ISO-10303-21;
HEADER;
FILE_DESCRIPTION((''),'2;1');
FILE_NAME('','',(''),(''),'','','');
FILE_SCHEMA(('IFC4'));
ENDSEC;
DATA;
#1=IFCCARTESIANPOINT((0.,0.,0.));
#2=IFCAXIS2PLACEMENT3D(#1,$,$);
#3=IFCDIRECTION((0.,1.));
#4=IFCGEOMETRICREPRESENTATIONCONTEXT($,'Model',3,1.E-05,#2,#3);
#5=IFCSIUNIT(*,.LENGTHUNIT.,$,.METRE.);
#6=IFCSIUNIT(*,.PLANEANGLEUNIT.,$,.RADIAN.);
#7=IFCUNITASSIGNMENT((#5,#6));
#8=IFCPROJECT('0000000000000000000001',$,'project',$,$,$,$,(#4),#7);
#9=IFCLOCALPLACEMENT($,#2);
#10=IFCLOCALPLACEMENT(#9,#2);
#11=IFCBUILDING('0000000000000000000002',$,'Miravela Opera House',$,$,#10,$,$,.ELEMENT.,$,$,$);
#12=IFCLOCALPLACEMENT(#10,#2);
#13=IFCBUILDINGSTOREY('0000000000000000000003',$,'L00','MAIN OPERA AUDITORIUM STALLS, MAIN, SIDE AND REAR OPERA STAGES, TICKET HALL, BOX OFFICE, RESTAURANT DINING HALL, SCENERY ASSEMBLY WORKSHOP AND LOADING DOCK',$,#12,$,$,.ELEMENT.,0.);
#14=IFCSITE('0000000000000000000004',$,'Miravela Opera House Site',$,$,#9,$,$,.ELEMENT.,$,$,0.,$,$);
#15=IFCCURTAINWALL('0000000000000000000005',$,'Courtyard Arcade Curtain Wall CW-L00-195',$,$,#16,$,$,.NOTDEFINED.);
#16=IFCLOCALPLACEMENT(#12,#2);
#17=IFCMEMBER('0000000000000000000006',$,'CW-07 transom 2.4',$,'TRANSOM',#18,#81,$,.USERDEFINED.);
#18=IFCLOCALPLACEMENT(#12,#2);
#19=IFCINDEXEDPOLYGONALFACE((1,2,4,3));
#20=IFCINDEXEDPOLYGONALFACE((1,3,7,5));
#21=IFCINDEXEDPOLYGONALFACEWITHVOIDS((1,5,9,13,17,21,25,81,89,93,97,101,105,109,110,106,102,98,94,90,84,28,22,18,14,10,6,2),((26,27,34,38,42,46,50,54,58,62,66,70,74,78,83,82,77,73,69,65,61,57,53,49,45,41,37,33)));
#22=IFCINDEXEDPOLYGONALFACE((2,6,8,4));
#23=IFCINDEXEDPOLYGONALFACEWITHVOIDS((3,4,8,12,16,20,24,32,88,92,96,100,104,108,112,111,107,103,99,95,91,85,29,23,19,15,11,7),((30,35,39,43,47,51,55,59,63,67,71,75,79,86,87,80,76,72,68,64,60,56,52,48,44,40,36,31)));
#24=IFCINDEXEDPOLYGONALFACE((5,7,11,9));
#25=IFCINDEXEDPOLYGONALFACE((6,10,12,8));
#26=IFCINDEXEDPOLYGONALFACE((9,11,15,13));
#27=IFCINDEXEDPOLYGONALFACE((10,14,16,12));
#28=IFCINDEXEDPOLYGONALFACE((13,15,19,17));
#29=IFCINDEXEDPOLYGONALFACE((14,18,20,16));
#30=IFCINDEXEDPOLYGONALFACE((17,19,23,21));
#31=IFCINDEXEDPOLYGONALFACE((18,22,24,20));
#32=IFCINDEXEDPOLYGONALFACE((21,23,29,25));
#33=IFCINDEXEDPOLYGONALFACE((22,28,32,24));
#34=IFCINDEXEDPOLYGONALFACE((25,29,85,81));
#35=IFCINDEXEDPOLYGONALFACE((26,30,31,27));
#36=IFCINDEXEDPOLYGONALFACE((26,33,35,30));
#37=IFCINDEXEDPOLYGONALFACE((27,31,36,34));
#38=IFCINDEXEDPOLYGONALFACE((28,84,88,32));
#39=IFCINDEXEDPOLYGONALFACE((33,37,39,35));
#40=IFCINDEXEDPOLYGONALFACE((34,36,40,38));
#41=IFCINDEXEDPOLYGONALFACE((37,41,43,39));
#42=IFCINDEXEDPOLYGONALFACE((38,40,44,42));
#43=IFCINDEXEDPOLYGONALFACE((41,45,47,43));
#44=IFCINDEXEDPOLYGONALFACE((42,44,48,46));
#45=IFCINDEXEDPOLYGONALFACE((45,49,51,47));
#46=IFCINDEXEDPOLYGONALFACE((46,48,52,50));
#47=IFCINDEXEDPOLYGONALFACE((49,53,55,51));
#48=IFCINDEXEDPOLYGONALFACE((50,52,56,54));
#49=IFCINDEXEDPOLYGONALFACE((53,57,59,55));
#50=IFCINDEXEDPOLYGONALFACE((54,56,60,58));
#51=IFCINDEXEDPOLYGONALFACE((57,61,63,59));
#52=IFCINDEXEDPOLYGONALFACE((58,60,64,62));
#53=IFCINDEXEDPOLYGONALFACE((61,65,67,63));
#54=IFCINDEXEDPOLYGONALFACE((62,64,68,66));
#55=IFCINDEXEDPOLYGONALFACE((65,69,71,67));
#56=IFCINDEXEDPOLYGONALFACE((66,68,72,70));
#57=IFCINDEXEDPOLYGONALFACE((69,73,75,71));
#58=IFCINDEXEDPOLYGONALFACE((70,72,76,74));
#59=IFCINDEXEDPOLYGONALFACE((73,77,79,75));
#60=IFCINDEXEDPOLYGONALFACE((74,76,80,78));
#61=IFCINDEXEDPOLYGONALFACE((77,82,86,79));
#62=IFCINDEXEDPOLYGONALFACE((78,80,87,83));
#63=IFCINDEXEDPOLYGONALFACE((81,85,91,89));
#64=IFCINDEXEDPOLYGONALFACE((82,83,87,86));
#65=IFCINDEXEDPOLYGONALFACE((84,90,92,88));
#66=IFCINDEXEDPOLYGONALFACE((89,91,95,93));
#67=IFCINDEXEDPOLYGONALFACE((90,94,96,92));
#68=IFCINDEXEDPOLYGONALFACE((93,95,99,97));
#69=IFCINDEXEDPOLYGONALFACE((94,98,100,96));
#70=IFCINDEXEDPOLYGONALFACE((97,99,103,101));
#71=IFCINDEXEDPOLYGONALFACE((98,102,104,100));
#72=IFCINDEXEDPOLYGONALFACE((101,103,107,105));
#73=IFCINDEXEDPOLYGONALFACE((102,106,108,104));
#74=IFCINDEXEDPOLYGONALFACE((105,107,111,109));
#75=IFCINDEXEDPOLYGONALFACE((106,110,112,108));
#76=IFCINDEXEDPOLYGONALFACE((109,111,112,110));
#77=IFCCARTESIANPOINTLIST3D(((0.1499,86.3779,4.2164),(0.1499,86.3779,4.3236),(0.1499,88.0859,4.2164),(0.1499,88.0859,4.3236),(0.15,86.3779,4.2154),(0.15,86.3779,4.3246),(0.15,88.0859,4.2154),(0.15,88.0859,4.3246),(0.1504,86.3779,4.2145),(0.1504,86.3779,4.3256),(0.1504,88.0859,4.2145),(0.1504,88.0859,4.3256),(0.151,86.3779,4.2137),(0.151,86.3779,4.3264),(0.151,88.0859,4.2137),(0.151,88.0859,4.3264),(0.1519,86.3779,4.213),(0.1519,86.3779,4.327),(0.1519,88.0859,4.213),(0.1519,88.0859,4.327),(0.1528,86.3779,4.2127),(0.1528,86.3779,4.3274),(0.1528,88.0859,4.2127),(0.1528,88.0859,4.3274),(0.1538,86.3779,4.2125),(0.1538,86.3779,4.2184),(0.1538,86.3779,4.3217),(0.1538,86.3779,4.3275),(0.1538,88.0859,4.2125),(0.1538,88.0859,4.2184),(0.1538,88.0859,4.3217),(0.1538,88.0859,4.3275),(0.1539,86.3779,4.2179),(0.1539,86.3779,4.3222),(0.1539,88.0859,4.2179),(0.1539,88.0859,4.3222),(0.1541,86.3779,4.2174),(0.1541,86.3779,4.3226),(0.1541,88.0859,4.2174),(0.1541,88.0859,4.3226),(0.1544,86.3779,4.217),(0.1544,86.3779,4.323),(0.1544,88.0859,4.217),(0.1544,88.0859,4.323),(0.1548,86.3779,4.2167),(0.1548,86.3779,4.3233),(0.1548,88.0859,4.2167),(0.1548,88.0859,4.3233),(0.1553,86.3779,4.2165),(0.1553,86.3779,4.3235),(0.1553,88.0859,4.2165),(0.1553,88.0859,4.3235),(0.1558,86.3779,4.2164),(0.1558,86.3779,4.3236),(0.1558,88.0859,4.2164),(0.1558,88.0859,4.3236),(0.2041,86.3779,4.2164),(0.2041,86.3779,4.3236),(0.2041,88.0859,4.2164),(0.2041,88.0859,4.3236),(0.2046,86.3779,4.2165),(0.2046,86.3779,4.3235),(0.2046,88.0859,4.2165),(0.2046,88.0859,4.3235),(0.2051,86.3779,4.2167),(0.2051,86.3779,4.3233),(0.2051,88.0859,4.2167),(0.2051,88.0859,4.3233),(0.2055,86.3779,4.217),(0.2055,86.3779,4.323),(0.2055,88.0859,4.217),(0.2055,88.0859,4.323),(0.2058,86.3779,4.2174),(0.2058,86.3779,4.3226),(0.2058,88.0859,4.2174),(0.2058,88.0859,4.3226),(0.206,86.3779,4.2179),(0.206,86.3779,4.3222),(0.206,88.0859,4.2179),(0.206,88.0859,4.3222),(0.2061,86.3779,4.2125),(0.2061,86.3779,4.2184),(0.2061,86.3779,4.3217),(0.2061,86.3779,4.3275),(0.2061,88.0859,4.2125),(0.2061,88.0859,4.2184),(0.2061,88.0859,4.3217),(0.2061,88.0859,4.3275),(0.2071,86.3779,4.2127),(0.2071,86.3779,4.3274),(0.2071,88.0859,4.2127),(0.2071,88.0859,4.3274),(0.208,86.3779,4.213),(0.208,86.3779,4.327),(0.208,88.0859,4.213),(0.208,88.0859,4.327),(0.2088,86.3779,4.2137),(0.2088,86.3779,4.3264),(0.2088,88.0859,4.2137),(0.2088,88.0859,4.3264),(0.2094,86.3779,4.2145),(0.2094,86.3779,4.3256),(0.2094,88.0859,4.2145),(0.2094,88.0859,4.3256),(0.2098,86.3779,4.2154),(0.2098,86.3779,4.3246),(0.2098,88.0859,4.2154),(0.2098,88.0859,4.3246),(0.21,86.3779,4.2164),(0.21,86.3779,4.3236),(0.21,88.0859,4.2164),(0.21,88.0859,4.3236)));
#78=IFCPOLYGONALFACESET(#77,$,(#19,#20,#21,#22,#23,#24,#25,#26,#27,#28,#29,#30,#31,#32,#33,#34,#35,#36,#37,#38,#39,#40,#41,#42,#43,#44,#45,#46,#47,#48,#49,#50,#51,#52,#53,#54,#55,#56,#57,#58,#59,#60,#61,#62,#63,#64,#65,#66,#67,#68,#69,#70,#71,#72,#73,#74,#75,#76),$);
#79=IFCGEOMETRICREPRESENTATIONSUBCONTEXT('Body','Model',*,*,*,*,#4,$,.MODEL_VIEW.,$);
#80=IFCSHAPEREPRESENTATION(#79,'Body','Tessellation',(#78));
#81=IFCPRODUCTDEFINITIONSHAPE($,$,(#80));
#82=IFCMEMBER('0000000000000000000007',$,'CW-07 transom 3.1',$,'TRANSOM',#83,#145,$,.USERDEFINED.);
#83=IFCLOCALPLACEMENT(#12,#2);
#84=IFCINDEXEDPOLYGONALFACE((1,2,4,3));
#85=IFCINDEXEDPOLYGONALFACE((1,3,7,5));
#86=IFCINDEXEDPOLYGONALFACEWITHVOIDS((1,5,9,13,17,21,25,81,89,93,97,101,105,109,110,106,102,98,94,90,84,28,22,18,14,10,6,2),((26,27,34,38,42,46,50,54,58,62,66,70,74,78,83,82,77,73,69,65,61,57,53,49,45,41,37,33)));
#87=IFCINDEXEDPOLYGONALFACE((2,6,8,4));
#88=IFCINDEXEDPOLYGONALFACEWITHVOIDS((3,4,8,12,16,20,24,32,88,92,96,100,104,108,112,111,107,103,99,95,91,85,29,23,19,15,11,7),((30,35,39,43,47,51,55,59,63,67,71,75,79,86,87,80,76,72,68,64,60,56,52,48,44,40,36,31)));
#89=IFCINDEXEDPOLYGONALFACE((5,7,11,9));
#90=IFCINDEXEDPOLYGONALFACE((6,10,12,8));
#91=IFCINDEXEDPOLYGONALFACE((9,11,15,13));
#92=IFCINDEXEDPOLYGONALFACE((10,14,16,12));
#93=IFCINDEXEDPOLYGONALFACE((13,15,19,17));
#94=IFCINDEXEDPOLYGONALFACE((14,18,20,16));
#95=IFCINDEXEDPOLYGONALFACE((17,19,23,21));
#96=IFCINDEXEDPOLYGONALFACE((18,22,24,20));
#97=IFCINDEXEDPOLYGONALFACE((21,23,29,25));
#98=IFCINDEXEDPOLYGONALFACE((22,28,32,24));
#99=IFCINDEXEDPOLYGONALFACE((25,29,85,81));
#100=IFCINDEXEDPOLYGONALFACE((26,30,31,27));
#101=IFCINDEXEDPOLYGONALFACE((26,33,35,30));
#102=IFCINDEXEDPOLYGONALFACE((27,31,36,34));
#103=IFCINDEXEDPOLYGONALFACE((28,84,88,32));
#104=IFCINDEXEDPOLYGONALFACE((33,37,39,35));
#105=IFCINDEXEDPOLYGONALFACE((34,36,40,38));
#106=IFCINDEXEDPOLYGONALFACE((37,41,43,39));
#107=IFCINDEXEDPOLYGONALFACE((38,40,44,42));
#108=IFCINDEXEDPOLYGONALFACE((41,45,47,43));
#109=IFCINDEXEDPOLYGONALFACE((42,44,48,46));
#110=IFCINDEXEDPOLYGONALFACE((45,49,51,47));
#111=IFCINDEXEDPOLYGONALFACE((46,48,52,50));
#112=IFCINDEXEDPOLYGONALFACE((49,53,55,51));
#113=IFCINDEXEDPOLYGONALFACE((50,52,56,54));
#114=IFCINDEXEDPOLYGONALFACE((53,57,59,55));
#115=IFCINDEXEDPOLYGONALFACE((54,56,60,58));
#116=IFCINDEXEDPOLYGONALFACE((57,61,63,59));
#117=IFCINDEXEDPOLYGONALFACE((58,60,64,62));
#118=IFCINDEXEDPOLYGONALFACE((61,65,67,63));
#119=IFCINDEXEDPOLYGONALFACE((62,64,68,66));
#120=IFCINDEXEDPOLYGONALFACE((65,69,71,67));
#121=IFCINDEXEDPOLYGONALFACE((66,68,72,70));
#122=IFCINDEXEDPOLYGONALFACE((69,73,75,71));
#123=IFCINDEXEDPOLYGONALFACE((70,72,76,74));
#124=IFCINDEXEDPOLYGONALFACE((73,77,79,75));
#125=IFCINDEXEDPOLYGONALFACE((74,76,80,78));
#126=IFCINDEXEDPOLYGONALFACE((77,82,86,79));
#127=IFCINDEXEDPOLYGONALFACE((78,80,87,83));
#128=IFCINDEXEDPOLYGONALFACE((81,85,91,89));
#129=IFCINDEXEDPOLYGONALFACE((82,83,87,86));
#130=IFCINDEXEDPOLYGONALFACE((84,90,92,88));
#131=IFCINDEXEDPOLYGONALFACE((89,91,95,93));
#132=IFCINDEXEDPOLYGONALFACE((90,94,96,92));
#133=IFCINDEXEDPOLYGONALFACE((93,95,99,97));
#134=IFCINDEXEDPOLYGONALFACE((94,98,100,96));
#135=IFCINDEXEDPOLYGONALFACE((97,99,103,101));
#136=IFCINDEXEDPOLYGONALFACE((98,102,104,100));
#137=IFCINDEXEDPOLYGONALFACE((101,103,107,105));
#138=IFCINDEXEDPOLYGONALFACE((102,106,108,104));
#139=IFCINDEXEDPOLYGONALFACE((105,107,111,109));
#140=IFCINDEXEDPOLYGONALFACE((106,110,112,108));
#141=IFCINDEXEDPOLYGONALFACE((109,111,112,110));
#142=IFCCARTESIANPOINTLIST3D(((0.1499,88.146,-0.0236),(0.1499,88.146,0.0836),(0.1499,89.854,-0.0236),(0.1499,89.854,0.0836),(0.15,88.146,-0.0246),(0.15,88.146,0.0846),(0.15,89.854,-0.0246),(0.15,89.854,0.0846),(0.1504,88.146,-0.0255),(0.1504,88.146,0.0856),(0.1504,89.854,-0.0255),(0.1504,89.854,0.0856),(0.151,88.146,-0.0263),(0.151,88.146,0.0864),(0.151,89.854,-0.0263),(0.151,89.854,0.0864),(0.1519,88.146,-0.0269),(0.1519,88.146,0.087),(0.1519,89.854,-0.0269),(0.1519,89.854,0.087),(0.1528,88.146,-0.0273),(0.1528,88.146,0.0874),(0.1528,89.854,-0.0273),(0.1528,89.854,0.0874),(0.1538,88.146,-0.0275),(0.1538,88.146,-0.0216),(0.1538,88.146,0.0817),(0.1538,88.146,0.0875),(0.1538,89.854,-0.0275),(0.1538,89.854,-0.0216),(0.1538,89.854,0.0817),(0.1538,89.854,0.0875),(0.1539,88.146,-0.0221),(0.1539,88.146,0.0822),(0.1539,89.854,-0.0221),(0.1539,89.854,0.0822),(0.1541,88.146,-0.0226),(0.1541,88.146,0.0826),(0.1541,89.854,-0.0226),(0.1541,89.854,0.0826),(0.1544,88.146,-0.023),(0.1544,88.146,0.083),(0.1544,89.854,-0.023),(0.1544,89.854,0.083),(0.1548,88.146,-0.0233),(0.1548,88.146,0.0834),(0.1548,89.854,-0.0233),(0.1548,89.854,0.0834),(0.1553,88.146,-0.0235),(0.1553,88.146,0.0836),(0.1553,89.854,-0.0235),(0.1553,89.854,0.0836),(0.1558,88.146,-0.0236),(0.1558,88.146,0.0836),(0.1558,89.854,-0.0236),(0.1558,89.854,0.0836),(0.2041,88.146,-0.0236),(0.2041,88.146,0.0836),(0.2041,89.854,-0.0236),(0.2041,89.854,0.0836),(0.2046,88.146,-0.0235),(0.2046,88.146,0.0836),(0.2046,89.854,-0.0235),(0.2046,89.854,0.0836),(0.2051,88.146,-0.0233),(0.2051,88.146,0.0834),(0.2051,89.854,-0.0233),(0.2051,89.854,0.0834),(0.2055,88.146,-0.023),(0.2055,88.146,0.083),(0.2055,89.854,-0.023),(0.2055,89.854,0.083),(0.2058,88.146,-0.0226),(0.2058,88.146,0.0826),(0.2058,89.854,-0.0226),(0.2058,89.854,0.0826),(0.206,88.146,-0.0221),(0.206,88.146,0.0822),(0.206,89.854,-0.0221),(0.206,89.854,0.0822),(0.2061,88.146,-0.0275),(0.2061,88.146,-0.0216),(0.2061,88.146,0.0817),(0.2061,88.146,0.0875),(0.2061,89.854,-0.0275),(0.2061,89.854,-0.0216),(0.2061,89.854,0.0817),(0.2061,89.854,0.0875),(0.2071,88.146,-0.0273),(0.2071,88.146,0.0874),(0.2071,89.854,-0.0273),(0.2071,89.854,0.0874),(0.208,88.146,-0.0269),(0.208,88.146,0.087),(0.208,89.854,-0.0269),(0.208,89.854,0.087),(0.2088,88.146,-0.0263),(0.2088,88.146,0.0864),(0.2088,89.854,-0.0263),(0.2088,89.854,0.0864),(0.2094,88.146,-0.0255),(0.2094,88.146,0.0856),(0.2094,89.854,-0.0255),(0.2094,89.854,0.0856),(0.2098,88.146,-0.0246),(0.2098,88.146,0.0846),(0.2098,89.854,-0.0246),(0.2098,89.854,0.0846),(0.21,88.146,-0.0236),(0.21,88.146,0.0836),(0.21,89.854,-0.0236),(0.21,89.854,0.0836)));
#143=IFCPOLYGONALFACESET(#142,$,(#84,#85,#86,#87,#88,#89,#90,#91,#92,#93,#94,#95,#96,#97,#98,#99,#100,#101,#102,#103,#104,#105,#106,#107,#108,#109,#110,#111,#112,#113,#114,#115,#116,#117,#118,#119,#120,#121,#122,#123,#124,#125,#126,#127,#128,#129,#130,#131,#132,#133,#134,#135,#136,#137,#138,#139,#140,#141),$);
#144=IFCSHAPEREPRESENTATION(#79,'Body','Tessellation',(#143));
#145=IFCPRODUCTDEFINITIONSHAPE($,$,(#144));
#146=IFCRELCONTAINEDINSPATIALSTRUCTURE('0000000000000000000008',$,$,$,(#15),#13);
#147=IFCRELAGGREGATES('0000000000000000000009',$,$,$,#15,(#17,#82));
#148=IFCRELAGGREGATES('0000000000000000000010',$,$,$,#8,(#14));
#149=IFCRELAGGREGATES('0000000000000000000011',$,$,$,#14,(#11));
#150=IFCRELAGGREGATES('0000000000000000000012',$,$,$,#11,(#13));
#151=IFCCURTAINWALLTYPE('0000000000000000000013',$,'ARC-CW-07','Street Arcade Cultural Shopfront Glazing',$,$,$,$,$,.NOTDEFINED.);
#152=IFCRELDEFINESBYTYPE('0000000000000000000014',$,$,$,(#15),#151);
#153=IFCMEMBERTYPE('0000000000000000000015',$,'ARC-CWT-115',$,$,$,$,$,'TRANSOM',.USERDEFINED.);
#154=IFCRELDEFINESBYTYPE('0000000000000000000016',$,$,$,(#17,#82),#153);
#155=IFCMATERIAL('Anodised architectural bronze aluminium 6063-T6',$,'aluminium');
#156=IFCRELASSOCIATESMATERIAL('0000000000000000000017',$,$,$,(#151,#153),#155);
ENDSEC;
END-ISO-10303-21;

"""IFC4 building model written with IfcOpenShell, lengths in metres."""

from ifc_helpers import new_model, si_unit, direction, frame, origin, origin_2d, place, context, subcontext, project, spatial, hollow_rectangle, extrude, material, material_profile, profile_set, type_object, element, aggregate, save


model = new_model("IFC4")

# Units and contexts
model_context = context("Model", 3, precision=1e-05, world=origin(), true_north=direction((0.0, 1.0)))
body_context = subcontext(model_context, "Body", "Model", "MODEL_VIEW")
ifc_project = project(units=[si_unit("LENGTHUNIT", "METRE"), si_unit("PLANEANGLEUNIT", "RADIAN")], contexts=[model_context])

# Site, building, storey
site_placement = place(None, origin())
site = spatial("IfcSite", under=ifc_project, at=site_placement, Name="Miravela Opera House Site", CompositionType="ELEMENT", RefElevation=0.0)
building_placement = place(site_placement, origin())
building = spatial("IfcBuilding", under=site, at=building_placement, Name="Miravela Opera House", CompositionType="ELEMENT")
storey_placement = place(building_placement, origin())
storey = spatial("IfcBuildingStorey", under=building, at=storey_placement, Name="L00", Description="MAIN OPERA AUDITORIUM STALLS, MAIN, SIDE AND REAR OPERA STAGES, TICKET HALL, BOX OFFICE, RESTAURANT DINING HALL, SCENERY ASSEMBLY WORKSHOP AND LOADING DOCK", CompositionType="ELEMENT", Elevation=0.0)

# Curtain wall, members
ifc_material_1 = material(Name="Anodised architectural bronze aluminium 6063-T6", Category="aluminium")
curtain_wall_type = type_object("IfcCurtainWallType", Name="ARC-CW-07", Description="Street Arcade Cultural Shopfront Glazing", PredefinedType="NOTDEFINED", material=ifc_material_1)
curtain_wall_placement = place(storey_placement, origin())
curtain_wall = element("IfcCurtainWall", 1, at=curtain_wall_placement, inside=storey, type_object=curtain_wall_type, Name="Courtyard Arcade Curtain Wall CW-L00-195", PredefinedType="NOTDEFINED")
ifc_material_profile_1 = material_profile(ifc_material_1, hollow_rectangle(XDim=0.0601, YDim=0.115, WallThickness=0.0039, InnerFilletRadius=0.002, OuterFilletRadius=0.0039, at=origin_2d()), Name="CWT-60X115")
ifc_profile_set_1 = profile_set([ifc_material_profile_1])
member_type_1 = type_object("IfcMemberType", Name="ARC-CWT-115", ElementType="TRANSOM", PredefinedType="USERDEFINED", material=ifc_profile_set_1)
member_1_placement = place(storey_placement, frame((0.1799, 86.3779, 4.27), z_axis=(0.0, 1.0, 0.0), x_axis=(-1.0, 0.0, 0.0)))
member_1 = element("IfcMember", 2, at=member_1_placement, type_object=member_type_1, Name="CW-07 transom 2.4", ObjectType="TRANSOM", PredefinedType="USERDEFINED", context=body_context, shape_type="SweptSolid", body=[
    extrude(hollow_rectangle(XDim=0.0601, YDim=0.115, WallThickness=0.0039, InnerFilletRadius=0.002, OuterFilletRadius=0.0039, at=origin_2d()), origin(), (0.0, 0.0, 1.0), 1.708),
])
member_2_placement = place(storey_placement, frame((0.1799, 88.146, 0.03), z_axis=(0.0, 1.0, 0.0), x_axis=(-1.0, 0.0, 0.0)))
member_2 = element("IfcMember", 3, at=member_2_placement, type_object=member_type_1, Name="CW-07 transom 3.1", ObjectType="TRANSOM", PredefinedType="USERDEFINED", context=body_context, shape_type="SweptSolid", body=[
    extrude(hollow_rectangle(XDim=0.0601, YDim=0.115, WallThickness=0.0039, InnerFilletRadius=0.002, OuterFilletRadius=0.0039, at=origin_2d()), origin(), (0.0, 0.0, 1.0), 1.708),
])

aggregate(curtain_wall, [member_1, member_2])

save(model, "model.ifc")
